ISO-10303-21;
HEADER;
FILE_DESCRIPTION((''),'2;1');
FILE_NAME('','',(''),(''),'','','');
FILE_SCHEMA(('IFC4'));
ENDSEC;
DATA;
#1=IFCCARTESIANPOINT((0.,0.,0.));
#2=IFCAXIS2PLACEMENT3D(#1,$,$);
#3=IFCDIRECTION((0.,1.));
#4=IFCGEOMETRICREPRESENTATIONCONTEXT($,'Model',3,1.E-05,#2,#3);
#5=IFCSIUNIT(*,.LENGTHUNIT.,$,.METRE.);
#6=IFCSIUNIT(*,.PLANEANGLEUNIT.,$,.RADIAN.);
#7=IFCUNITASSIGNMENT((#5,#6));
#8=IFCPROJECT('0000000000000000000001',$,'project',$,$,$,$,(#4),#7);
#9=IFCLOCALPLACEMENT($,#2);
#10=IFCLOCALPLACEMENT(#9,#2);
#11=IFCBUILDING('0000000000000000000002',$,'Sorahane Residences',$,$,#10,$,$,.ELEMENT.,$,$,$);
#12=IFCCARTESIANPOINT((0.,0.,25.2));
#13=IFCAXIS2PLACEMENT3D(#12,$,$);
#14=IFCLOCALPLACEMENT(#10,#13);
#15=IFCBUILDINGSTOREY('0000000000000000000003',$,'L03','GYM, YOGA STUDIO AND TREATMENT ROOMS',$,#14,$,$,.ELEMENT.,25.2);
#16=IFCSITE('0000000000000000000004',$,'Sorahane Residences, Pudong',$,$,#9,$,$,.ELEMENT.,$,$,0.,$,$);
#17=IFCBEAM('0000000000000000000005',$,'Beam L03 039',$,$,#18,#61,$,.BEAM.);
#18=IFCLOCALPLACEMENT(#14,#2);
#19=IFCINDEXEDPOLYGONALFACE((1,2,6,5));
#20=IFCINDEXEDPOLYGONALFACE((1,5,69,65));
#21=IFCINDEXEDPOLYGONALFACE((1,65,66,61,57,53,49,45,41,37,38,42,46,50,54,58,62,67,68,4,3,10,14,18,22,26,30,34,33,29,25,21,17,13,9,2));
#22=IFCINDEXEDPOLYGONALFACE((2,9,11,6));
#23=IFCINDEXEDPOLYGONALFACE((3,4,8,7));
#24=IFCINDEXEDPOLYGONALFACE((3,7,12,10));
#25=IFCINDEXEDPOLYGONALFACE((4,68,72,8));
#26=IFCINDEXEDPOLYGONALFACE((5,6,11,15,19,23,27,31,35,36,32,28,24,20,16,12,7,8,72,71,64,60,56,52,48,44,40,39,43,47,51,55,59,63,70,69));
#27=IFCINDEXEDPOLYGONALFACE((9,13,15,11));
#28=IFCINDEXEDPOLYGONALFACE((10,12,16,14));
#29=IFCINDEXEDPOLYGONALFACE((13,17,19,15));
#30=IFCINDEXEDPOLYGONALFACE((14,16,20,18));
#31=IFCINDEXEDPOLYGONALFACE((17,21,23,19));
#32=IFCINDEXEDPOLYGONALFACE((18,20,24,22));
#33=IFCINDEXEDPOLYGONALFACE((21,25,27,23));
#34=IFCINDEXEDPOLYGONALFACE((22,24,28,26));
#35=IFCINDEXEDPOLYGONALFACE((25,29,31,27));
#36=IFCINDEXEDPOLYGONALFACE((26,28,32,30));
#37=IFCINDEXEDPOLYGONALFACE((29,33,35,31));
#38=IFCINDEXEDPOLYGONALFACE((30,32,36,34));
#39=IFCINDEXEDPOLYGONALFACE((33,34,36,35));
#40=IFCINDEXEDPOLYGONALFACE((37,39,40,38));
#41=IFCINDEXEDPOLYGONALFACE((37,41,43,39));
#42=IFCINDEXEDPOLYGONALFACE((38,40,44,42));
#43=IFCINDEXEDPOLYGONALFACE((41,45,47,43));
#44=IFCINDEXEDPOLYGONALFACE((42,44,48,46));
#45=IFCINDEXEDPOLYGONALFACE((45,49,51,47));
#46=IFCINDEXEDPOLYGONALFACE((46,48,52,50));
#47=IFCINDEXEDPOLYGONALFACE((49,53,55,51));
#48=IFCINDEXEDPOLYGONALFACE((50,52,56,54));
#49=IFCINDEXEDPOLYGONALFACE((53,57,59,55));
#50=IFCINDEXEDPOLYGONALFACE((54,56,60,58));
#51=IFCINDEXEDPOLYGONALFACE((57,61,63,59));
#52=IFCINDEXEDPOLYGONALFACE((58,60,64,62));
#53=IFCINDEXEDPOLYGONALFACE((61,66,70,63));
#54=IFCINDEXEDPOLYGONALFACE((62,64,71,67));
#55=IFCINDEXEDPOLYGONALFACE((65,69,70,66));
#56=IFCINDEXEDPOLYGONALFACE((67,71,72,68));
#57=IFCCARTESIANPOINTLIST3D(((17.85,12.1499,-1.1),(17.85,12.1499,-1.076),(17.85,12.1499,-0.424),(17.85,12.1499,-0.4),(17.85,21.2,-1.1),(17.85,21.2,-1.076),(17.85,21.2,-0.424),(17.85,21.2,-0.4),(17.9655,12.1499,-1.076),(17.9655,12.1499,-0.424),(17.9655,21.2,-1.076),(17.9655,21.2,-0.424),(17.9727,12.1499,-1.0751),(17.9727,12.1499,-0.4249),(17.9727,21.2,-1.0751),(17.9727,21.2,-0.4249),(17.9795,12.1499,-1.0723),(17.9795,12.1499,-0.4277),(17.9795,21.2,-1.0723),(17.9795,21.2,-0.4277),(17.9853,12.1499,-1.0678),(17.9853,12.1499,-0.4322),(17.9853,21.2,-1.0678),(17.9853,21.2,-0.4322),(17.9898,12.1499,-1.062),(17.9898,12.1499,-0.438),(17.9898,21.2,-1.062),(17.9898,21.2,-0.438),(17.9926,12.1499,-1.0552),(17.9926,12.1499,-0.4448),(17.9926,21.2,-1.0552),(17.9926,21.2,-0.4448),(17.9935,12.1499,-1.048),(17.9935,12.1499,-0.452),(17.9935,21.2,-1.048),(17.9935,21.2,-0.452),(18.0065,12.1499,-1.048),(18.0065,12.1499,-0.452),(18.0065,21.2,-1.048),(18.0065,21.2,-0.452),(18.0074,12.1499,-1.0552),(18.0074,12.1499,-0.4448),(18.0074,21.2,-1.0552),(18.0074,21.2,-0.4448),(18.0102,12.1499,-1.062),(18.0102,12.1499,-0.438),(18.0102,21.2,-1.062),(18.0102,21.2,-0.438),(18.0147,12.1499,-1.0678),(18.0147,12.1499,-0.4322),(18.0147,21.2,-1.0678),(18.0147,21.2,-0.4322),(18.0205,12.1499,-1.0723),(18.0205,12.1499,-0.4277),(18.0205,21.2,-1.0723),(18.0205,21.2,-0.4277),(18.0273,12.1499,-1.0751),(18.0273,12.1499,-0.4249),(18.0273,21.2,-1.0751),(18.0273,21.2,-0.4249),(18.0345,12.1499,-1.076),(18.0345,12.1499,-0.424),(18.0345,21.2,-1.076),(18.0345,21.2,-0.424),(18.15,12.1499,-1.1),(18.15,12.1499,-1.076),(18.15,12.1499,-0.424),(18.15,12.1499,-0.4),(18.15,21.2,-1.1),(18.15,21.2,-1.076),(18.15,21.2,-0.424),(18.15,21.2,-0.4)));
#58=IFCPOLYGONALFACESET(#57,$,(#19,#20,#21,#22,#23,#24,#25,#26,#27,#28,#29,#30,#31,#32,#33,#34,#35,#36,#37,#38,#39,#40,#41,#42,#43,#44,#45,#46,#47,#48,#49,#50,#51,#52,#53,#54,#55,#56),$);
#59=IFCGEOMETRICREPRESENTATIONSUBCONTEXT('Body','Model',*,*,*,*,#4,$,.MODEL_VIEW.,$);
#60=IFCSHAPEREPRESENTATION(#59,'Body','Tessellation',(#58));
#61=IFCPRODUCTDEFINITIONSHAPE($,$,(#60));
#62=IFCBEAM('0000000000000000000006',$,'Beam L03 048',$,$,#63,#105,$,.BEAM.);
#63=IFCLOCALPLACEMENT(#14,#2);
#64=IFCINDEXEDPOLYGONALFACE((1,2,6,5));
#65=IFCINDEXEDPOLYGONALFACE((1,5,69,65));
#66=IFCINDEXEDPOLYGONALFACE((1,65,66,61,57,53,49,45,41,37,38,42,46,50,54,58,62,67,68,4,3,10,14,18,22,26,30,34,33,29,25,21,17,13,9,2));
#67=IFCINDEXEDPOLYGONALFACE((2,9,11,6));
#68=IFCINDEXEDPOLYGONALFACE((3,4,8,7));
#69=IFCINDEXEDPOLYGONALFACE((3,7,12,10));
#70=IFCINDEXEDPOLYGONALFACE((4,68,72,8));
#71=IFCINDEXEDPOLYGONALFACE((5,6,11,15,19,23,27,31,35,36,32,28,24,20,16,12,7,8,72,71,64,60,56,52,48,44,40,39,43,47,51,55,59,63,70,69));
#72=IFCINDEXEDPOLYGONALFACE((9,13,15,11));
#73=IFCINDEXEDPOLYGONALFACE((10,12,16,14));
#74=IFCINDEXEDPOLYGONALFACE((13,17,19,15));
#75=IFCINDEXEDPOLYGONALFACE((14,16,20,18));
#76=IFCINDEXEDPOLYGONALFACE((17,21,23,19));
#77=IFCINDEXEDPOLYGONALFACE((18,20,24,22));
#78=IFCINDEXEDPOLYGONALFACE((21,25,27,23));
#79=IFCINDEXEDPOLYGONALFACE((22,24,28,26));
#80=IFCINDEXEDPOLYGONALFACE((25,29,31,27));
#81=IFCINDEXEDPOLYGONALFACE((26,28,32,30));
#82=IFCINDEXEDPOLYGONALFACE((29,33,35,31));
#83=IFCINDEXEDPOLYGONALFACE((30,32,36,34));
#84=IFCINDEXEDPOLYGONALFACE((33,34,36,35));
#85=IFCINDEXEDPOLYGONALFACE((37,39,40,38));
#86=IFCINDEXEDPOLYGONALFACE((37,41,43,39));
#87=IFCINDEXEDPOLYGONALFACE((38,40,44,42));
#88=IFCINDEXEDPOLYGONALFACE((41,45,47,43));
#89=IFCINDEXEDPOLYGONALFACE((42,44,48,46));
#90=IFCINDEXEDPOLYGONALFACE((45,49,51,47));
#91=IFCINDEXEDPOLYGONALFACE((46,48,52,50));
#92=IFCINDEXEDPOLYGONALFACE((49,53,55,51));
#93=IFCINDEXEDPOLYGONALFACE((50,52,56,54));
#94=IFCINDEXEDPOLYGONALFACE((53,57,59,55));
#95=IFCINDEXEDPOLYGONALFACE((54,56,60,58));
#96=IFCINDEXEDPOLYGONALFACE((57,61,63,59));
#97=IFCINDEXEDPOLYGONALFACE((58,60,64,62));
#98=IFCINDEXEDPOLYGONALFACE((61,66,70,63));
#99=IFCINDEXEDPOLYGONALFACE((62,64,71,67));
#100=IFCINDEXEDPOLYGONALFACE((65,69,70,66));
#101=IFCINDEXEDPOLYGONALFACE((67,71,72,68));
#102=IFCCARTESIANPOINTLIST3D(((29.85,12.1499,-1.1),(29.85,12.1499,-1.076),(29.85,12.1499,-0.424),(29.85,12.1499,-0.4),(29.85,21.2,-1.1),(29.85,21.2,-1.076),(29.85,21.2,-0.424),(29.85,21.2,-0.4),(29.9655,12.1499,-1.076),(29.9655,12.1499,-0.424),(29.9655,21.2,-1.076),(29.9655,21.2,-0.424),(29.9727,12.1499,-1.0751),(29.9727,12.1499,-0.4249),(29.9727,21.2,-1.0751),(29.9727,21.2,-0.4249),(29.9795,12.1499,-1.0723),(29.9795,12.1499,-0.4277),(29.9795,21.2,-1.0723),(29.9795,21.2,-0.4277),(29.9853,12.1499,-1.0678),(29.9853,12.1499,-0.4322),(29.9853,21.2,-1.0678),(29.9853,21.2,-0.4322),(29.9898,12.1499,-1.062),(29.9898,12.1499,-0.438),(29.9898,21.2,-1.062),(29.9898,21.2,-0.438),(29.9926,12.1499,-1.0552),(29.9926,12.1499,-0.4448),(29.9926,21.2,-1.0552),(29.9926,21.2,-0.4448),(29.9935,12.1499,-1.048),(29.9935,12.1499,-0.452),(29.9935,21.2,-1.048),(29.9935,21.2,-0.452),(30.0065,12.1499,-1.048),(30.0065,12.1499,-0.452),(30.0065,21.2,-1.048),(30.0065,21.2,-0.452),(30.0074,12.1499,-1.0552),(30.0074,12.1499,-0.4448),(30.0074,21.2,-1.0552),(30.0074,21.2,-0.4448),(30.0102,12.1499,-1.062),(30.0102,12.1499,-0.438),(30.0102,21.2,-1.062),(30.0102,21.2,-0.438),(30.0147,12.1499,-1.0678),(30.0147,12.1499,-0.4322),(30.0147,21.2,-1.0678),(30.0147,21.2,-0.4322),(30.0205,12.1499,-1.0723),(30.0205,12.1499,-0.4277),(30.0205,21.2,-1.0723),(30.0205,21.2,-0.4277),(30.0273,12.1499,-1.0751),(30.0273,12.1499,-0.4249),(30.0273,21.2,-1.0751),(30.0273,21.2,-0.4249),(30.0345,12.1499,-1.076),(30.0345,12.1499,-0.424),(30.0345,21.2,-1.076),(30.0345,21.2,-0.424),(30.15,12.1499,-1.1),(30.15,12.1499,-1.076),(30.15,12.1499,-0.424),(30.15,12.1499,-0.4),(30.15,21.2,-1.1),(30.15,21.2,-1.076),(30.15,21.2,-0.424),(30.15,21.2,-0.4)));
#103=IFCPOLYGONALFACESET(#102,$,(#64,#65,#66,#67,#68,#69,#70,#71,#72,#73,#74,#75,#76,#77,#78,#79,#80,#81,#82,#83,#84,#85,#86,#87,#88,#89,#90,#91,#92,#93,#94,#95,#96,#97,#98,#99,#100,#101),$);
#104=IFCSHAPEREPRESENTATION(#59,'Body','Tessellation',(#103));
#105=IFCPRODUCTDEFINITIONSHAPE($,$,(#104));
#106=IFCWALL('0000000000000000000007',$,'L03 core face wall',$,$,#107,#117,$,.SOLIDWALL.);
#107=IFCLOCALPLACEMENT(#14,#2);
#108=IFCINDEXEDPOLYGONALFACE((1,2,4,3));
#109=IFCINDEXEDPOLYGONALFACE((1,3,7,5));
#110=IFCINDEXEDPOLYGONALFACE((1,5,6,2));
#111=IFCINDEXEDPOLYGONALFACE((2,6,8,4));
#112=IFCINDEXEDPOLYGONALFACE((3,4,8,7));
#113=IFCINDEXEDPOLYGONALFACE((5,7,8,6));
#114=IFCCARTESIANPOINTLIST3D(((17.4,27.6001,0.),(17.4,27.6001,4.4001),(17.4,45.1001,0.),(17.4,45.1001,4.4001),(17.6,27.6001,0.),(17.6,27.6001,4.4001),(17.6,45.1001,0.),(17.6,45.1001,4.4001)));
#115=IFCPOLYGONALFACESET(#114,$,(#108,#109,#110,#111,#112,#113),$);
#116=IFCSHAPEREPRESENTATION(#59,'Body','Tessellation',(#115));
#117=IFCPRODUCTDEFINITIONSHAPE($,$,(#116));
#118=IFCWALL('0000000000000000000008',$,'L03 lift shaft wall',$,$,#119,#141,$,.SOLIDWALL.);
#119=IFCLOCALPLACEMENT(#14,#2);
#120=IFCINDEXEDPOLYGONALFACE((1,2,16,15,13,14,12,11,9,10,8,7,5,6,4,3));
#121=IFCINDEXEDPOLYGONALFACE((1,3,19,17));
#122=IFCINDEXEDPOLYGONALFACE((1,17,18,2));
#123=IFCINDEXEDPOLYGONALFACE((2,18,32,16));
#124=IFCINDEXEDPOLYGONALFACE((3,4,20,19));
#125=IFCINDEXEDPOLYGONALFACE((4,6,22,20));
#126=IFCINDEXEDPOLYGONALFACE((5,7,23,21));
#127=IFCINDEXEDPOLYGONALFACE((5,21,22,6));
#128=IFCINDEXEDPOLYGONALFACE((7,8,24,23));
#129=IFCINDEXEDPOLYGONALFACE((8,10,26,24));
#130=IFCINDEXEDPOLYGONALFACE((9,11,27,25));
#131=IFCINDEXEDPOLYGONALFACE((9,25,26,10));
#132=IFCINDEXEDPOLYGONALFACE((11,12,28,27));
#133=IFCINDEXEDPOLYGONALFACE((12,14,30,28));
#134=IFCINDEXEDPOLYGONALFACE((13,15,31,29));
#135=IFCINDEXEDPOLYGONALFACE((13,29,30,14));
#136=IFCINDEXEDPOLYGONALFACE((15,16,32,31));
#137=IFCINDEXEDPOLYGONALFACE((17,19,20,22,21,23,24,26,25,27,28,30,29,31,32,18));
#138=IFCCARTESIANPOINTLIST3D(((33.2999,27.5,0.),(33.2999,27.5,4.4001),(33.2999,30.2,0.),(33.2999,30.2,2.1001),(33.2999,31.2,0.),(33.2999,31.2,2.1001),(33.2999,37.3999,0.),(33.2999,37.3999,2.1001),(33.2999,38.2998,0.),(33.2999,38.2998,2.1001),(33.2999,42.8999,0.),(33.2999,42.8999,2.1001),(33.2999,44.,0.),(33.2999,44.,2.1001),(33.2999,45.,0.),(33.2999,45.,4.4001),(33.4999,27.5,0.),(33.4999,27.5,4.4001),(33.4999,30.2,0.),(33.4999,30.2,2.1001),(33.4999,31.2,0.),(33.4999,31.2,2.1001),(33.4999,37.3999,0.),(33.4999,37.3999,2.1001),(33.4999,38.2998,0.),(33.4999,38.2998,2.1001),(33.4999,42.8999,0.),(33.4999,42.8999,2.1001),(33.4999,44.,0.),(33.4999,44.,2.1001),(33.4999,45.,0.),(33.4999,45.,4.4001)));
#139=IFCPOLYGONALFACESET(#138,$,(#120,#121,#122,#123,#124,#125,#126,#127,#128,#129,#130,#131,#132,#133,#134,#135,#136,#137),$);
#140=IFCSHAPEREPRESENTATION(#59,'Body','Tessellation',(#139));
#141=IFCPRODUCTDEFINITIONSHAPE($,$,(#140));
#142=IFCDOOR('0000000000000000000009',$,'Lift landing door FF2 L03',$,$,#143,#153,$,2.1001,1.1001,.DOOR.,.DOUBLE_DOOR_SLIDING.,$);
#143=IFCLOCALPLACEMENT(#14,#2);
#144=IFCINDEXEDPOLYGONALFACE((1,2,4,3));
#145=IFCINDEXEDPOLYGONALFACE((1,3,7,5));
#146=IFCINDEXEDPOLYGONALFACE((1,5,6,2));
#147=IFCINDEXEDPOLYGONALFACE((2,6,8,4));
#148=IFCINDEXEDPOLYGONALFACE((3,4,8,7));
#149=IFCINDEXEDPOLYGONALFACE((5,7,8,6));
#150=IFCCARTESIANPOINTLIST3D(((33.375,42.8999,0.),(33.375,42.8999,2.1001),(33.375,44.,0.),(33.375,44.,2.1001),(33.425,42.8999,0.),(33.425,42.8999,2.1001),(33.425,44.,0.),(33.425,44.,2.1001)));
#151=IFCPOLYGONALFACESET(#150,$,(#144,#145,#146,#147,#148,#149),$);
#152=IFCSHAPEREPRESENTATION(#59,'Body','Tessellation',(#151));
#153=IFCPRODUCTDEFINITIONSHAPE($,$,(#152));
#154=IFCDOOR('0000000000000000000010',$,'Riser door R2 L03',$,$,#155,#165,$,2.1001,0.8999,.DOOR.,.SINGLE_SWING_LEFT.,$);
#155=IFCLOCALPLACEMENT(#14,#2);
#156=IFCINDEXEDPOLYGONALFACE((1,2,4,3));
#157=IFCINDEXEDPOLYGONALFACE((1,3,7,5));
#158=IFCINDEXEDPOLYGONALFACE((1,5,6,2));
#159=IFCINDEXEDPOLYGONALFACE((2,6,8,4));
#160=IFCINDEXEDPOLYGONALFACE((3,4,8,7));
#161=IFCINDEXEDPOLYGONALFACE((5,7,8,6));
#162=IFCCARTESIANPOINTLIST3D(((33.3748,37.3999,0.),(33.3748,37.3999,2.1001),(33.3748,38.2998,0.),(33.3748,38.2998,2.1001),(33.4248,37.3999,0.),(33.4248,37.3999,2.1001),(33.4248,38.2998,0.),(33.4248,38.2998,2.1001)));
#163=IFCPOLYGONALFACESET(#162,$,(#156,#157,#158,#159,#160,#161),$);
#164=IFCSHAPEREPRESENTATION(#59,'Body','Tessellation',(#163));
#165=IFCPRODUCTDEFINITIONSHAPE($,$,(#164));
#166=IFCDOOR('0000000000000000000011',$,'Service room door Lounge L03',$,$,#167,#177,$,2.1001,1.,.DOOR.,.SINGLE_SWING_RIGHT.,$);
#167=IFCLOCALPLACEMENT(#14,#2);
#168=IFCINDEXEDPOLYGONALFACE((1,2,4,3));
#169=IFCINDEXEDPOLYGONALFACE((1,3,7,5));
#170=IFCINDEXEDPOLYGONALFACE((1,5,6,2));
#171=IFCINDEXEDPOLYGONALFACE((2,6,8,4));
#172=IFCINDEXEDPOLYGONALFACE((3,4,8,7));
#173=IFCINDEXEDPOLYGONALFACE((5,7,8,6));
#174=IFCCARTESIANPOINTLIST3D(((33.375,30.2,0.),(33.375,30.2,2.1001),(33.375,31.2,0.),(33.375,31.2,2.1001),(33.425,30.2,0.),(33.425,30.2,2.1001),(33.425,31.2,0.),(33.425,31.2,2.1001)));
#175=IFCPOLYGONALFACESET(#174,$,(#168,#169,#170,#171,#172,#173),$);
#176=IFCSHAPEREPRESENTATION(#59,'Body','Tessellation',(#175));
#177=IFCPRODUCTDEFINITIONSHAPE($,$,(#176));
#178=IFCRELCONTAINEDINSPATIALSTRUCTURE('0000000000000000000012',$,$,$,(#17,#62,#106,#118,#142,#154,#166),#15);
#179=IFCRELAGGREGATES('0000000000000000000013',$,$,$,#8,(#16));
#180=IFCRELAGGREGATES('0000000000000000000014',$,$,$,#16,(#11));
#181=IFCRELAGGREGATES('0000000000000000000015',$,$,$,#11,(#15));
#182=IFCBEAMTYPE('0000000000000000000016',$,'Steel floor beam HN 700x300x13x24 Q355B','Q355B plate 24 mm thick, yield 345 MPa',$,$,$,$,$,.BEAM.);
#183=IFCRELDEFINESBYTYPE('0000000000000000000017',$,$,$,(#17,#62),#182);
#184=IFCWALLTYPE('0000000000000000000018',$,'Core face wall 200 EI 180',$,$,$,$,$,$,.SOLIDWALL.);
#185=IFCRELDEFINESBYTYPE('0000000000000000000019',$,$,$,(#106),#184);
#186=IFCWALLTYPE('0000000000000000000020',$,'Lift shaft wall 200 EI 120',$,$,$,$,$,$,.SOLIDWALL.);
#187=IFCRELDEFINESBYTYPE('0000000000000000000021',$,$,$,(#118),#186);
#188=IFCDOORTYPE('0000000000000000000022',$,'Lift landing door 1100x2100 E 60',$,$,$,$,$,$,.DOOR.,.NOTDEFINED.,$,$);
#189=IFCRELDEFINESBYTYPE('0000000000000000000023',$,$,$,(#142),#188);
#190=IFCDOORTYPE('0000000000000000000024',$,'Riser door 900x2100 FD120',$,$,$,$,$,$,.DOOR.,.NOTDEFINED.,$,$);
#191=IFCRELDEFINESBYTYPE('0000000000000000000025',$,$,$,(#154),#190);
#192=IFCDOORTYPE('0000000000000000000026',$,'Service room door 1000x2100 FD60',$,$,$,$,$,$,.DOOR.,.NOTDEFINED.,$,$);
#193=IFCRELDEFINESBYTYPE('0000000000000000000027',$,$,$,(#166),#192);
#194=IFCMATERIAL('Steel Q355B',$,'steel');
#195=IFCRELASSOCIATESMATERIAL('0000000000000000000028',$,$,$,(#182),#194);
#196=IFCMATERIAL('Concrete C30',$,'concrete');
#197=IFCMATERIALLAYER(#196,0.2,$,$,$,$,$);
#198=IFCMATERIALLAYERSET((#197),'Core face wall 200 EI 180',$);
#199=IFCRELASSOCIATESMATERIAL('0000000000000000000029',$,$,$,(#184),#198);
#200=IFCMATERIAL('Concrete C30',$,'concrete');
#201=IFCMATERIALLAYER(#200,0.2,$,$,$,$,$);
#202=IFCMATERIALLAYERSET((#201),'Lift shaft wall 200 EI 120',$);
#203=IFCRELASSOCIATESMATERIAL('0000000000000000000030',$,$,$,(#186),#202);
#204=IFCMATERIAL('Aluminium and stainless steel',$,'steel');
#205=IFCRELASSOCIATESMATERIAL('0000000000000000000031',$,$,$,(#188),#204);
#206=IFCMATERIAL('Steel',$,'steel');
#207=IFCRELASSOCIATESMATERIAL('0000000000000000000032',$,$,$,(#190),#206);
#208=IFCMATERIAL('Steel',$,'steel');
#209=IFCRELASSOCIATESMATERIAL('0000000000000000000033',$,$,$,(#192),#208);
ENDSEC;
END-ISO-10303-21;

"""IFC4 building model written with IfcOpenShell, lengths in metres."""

from ifc_helpers import new_model, si_unit, direction, frame, frame_2d, origin, origin_2d, place, context, subcontext, project, spatial, rectangle, i_section, extrude, material, layer, layer_set, material_profile, profile_set, type_object, element, fill, save


model = new_model("IFC4")

# Units and contexts
model_context = context("Model", 3, precision=1e-05, world=origin(), true_north=direction((0.0, 1.0)))
body_context = subcontext(model_context, "Body", "Model", "MODEL_VIEW")
ifc_project = project(units=[si_unit("LENGTHUNIT", "METRE"), si_unit("PLANEANGLEUNIT", "RADIAN")], contexts=[model_context])

# Site, building, storey
site_placement = place(None, origin())
site = spatial("IfcSite", under=ifc_project, at=site_placement, Name="Sorahane Residences, Pudong", CompositionType="ELEMENT", RefElevation=0.0)
building_placement = place(site_placement, origin())
building = spatial("IfcBuilding", under=site, at=building_placement, Name="Sorahane Residences", CompositionType="ELEMENT")
storey_placement = place(building_placement, frame((0.0, 0.0, 25.2)))
storey = spatial("IfcBuildingStorey", under=building, at=storey_placement, Name="L03", Description="GYM, YOGA STUDIO AND TREATMENT ROOMS", CompositionType="ELEMENT", Elevation=25.2)

# Beams
ifc_material_1 = material(Name="Steel Q355B", Category="steel")
ifc_material_profile_1 = material_profile(ifc_material_1, i_section(OverallWidth=0.3, OverallDepth=0.7, WebThickness=0.0129, FlangeThickness=0.0239, FilletRadius=0.0281, at=origin_2d()), Name="HN 700x300x13x24")
ifc_profile_set_1 = profile_set([ifc_material_profile_1], Name="Steel Q355B")
beam_type_1 = type_object("IfcBeamType", Name="Steel floor beam HN 700x300x13x24 Q355B", Description="Q355B plate 24 mm thick, yield 345 MPa", PredefinedType="BEAM", material=ifc_profile_set_1)
for number, where, z_axis, x_axis, name in (
    (1, (18.0, 12.1499, -0.75), (0.0, 1.0, 0.0), (-1.0, 0.0, 0.0), "Beam L03 039"),
    (2, (30.0, 12.1499, -0.75), (0.0, 1.0, 0.0), (-1.0, 0.0, 0.0), "Beam L03 048"),
):
    element("IfcBeam", number, at=place(storey_placement, frame(where, z_axis=z_axis, x_axis=x_axis)), inside=storey, type_object=beam_type_1, Name=name, PredefinedType="BEAM", context=body_context, shape_type="SweptSolid", body=[
        extrude(i_section(OverallWidth=0.3, OverallDepth=0.7, WebThickness=0.0129, FlangeThickness=0.0239, FilletRadius=0.0281, at=origin_2d()), origin(), (0.0, 0.0, 1.0), 9.05),
    ])

# Wall
ifc_material_2 = material(Name="Concrete C30", Category="concrete")
ifc_layer_1 = layer(ifc_material_2, 0.2)
ifc_layer_set_1 = layer_set([ifc_layer_1], Name="Core face wall 200 EI 180")
wall_type_1 = type_object("IfcWallType", Name="Core face wall 200 EI 180", PredefinedType="SOLIDWALL", material=ifc_layer_set_1)
wall_1_placement = place(storey_placement, frame((17.5, 27.6001, 0.0), z_axis=(0.0, 0.0, 1.0), x_axis=(0.0, 1.0, 0.0)))
element("IfcWall", 3, at=wall_1_placement, inside=storey, type_object=wall_type_1, Name="L03 core face wall", PredefinedType="SOLIDWALL", context=body_context, shape_type="SweptSolid", body=[
    extrude(rectangle(XDim=17.5, YDim=0.2, at=frame_2d((8.75, 0.0))), origin(), (0.0, 0.0, 1.0), 4.4001),
])

# Wall, openings, doors
ifc_material_3 = material(Name="Concrete C30", Category="concrete")
ifc_layer_2 = layer(ifc_material_3, 0.2)
ifc_layer_set_2 = layer_set([ifc_layer_2], Name="Lift shaft wall 200 EI 120")
wall_type_2 = type_object("IfcWallType", Name="Lift shaft wall 200 EI 120", PredefinedType="SOLIDWALL", material=ifc_layer_set_2)
wall_2_placement = place(storey_placement, frame((33.3999, 27.5, 0.0), z_axis=(0.0, 0.0, 1.0), x_axis=(0.0, 1.0, 0.0)))
wall_2 = element("IfcWall", 4, at=wall_2_placement, inside=storey, type_object=wall_type_2, Name="L03 lift shaft wall", PredefinedType="SOLIDWALL", context=body_context, shape_type="SweptSolid", body=[
    extrude(rectangle(XDim=17.5, YDim=0.2, at=frame_2d((8.75, 0.0))), origin(), (0.0, 0.0, 1.0), 4.4001),
])
opening_1_placement = place(wall_2_placement, frame((15.3999, 0.0, 0.0)))
opening_1 = element("IfcOpeningElement", 5, at=opening_1_placement, cuts=wall_2, PredefinedType="OPENING", context=body_context, shape_type="SweptSolid", body=[
    extrude(rectangle(XDim=1.1001, YDim=2.1001, at=frame_2d((0.55, 1.05))), frame((0.0, 0.1099, 0.0), z_axis=(0.0, -1.0, 0.0), x_axis=(1.0, 0.0, 0.0)), (0.0, 0.0, 1.0), 0.22),
])
opening_2_placement = place(wall_2_placement, frame((2.7, 0.0, 0.0)))
opening_2 = element("IfcOpeningElement", 6, at=opening_2_placement, cuts=wall_2, PredefinedType="OPENING", context=body_context, shape_type="SweptSolid", body=[
    extrude(rectangle(XDim=1.0, YDim=2.1001, at=frame_2d((0.5, 1.05))), frame((0.0, 0.1099, 0.0), z_axis=(0.0, -1.0, 0.0), x_axis=(1.0, 0.0, 0.0)), (0.0, 0.0, 1.0), 0.22),
])
opening_3_placement = place(wall_2_placement, frame((9.8999, 0.0, 0.0)))
opening_3 = element("IfcOpeningElement", 7, at=opening_3_placement, cuts=wall_2, PredefinedType="OPENING", context=body_context, shape_type="SweptSolid", body=[
    extrude(rectangle(XDim=0.8999, YDim=2.1001, at=frame_2d((0.45, 1.05))), frame((0.0, 0.1099, 0.0), z_axis=(0.0, -1.0, 0.0), x_axis=(1.0, 0.0, 0.0)), (0.0, 0.0, 1.0), 0.22),
])
ifc_material_4 = material(Name="Aluminium and stainless steel", Category="steel")
door_type_1 = type_object("IfcDoorType", Name="Lift landing door 1100x2100 E 60", OperationType="NOTDEFINED", PredefinedType="DOOR", material=ifc_material_4)
door_1_placement = place(opening_1_placement, origin())
door_1 = element("IfcDoor", 8, at=door_1_placement, inside=storey, type_object=door_type_1, Name="Lift landing door FF2 L03", OperationType="DOUBLE_DOOR_SLIDING", OverallHeight=2.1001, OverallWidth=1.1001, PredefinedType="DOOR", context=body_context, shape_type="SweptSolid", body=[
    extrude(rectangle(XDim=1.1001, YDim=2.1001, at=frame_2d((0.55, 1.05))), frame((0.0, 0.0249, 0.0), z_axis=(0.0, -1.0, 0.0), x_axis=(1.0, 0.0, 0.0)), (0.0, 0.0, 1.0), 0.05),
])
fill(opening_1, door_1)
ifc_material_5 = material(Name="Steel", Category="steel")
door_type_2 = type_object("IfcDoorType", Name="Riser door 900x2100 FD120", OperationType="NOTDEFINED", PredefinedType="DOOR", material=ifc_material_5)
door_2_placement = place(opening_3_placement, frame((0.8999, 0.0, 0.0), z_axis=(0.0, 0.0, 1.0), x_axis=(-1.0, 0.0, 0.0)))
door_2 = element("IfcDoor", 9, at=door_2_placement, inside=storey, type_object=door_type_2, Name="Riser door R2 L03", OperationType="SINGLE_SWING_LEFT", OverallHeight=2.1001, OverallWidth=0.8999, PredefinedType="DOOR", context=body_context, shape_type="SweptSolid", body=[
    extrude(rectangle(XDim=0.8999, YDim=2.1001, at=frame_2d((0.45, 1.05))), frame((0.0, 0.0249, 0.0), z_axis=(0.0, -1.0, 0.0), x_axis=(1.0, 0.0, 0.0)), (0.0, 0.0, 1.0), 0.05),
])
fill(opening_3, door_2)
ifc_material_6 = material(Name="Steel", Category="steel")
door_type_3 = type_object("IfcDoorType", Name="Service room door 1000x2100 FD60", OperationType="NOTDEFINED", PredefinedType="DOOR", material=ifc_material_6)
door_3_placement = place(opening_2_placement, origin())
door_3 = element("IfcDoor", 10, at=door_3_placement, inside=storey, type_object=door_type_3, Name="Service room door Lounge L03", OperationType="SINGLE_SWING_RIGHT", OverallHeight=2.1001, OverallWidth=1.0, PredefinedType="DOOR", context=body_context, shape_type="SweptSolid", body=[
    extrude(rectangle(XDim=1.0, YDim=2.1001, at=frame_2d((0.5, 1.05))), frame((0.0, 0.0249, 0.0), z_axis=(0.0, -1.0, 0.0), x_axis=(1.0, 0.0, 0.0)), (0.0, 0.0, 1.0), 0.05),
])
fill(opening_2, door_3)

save(model, "model.ifc")
